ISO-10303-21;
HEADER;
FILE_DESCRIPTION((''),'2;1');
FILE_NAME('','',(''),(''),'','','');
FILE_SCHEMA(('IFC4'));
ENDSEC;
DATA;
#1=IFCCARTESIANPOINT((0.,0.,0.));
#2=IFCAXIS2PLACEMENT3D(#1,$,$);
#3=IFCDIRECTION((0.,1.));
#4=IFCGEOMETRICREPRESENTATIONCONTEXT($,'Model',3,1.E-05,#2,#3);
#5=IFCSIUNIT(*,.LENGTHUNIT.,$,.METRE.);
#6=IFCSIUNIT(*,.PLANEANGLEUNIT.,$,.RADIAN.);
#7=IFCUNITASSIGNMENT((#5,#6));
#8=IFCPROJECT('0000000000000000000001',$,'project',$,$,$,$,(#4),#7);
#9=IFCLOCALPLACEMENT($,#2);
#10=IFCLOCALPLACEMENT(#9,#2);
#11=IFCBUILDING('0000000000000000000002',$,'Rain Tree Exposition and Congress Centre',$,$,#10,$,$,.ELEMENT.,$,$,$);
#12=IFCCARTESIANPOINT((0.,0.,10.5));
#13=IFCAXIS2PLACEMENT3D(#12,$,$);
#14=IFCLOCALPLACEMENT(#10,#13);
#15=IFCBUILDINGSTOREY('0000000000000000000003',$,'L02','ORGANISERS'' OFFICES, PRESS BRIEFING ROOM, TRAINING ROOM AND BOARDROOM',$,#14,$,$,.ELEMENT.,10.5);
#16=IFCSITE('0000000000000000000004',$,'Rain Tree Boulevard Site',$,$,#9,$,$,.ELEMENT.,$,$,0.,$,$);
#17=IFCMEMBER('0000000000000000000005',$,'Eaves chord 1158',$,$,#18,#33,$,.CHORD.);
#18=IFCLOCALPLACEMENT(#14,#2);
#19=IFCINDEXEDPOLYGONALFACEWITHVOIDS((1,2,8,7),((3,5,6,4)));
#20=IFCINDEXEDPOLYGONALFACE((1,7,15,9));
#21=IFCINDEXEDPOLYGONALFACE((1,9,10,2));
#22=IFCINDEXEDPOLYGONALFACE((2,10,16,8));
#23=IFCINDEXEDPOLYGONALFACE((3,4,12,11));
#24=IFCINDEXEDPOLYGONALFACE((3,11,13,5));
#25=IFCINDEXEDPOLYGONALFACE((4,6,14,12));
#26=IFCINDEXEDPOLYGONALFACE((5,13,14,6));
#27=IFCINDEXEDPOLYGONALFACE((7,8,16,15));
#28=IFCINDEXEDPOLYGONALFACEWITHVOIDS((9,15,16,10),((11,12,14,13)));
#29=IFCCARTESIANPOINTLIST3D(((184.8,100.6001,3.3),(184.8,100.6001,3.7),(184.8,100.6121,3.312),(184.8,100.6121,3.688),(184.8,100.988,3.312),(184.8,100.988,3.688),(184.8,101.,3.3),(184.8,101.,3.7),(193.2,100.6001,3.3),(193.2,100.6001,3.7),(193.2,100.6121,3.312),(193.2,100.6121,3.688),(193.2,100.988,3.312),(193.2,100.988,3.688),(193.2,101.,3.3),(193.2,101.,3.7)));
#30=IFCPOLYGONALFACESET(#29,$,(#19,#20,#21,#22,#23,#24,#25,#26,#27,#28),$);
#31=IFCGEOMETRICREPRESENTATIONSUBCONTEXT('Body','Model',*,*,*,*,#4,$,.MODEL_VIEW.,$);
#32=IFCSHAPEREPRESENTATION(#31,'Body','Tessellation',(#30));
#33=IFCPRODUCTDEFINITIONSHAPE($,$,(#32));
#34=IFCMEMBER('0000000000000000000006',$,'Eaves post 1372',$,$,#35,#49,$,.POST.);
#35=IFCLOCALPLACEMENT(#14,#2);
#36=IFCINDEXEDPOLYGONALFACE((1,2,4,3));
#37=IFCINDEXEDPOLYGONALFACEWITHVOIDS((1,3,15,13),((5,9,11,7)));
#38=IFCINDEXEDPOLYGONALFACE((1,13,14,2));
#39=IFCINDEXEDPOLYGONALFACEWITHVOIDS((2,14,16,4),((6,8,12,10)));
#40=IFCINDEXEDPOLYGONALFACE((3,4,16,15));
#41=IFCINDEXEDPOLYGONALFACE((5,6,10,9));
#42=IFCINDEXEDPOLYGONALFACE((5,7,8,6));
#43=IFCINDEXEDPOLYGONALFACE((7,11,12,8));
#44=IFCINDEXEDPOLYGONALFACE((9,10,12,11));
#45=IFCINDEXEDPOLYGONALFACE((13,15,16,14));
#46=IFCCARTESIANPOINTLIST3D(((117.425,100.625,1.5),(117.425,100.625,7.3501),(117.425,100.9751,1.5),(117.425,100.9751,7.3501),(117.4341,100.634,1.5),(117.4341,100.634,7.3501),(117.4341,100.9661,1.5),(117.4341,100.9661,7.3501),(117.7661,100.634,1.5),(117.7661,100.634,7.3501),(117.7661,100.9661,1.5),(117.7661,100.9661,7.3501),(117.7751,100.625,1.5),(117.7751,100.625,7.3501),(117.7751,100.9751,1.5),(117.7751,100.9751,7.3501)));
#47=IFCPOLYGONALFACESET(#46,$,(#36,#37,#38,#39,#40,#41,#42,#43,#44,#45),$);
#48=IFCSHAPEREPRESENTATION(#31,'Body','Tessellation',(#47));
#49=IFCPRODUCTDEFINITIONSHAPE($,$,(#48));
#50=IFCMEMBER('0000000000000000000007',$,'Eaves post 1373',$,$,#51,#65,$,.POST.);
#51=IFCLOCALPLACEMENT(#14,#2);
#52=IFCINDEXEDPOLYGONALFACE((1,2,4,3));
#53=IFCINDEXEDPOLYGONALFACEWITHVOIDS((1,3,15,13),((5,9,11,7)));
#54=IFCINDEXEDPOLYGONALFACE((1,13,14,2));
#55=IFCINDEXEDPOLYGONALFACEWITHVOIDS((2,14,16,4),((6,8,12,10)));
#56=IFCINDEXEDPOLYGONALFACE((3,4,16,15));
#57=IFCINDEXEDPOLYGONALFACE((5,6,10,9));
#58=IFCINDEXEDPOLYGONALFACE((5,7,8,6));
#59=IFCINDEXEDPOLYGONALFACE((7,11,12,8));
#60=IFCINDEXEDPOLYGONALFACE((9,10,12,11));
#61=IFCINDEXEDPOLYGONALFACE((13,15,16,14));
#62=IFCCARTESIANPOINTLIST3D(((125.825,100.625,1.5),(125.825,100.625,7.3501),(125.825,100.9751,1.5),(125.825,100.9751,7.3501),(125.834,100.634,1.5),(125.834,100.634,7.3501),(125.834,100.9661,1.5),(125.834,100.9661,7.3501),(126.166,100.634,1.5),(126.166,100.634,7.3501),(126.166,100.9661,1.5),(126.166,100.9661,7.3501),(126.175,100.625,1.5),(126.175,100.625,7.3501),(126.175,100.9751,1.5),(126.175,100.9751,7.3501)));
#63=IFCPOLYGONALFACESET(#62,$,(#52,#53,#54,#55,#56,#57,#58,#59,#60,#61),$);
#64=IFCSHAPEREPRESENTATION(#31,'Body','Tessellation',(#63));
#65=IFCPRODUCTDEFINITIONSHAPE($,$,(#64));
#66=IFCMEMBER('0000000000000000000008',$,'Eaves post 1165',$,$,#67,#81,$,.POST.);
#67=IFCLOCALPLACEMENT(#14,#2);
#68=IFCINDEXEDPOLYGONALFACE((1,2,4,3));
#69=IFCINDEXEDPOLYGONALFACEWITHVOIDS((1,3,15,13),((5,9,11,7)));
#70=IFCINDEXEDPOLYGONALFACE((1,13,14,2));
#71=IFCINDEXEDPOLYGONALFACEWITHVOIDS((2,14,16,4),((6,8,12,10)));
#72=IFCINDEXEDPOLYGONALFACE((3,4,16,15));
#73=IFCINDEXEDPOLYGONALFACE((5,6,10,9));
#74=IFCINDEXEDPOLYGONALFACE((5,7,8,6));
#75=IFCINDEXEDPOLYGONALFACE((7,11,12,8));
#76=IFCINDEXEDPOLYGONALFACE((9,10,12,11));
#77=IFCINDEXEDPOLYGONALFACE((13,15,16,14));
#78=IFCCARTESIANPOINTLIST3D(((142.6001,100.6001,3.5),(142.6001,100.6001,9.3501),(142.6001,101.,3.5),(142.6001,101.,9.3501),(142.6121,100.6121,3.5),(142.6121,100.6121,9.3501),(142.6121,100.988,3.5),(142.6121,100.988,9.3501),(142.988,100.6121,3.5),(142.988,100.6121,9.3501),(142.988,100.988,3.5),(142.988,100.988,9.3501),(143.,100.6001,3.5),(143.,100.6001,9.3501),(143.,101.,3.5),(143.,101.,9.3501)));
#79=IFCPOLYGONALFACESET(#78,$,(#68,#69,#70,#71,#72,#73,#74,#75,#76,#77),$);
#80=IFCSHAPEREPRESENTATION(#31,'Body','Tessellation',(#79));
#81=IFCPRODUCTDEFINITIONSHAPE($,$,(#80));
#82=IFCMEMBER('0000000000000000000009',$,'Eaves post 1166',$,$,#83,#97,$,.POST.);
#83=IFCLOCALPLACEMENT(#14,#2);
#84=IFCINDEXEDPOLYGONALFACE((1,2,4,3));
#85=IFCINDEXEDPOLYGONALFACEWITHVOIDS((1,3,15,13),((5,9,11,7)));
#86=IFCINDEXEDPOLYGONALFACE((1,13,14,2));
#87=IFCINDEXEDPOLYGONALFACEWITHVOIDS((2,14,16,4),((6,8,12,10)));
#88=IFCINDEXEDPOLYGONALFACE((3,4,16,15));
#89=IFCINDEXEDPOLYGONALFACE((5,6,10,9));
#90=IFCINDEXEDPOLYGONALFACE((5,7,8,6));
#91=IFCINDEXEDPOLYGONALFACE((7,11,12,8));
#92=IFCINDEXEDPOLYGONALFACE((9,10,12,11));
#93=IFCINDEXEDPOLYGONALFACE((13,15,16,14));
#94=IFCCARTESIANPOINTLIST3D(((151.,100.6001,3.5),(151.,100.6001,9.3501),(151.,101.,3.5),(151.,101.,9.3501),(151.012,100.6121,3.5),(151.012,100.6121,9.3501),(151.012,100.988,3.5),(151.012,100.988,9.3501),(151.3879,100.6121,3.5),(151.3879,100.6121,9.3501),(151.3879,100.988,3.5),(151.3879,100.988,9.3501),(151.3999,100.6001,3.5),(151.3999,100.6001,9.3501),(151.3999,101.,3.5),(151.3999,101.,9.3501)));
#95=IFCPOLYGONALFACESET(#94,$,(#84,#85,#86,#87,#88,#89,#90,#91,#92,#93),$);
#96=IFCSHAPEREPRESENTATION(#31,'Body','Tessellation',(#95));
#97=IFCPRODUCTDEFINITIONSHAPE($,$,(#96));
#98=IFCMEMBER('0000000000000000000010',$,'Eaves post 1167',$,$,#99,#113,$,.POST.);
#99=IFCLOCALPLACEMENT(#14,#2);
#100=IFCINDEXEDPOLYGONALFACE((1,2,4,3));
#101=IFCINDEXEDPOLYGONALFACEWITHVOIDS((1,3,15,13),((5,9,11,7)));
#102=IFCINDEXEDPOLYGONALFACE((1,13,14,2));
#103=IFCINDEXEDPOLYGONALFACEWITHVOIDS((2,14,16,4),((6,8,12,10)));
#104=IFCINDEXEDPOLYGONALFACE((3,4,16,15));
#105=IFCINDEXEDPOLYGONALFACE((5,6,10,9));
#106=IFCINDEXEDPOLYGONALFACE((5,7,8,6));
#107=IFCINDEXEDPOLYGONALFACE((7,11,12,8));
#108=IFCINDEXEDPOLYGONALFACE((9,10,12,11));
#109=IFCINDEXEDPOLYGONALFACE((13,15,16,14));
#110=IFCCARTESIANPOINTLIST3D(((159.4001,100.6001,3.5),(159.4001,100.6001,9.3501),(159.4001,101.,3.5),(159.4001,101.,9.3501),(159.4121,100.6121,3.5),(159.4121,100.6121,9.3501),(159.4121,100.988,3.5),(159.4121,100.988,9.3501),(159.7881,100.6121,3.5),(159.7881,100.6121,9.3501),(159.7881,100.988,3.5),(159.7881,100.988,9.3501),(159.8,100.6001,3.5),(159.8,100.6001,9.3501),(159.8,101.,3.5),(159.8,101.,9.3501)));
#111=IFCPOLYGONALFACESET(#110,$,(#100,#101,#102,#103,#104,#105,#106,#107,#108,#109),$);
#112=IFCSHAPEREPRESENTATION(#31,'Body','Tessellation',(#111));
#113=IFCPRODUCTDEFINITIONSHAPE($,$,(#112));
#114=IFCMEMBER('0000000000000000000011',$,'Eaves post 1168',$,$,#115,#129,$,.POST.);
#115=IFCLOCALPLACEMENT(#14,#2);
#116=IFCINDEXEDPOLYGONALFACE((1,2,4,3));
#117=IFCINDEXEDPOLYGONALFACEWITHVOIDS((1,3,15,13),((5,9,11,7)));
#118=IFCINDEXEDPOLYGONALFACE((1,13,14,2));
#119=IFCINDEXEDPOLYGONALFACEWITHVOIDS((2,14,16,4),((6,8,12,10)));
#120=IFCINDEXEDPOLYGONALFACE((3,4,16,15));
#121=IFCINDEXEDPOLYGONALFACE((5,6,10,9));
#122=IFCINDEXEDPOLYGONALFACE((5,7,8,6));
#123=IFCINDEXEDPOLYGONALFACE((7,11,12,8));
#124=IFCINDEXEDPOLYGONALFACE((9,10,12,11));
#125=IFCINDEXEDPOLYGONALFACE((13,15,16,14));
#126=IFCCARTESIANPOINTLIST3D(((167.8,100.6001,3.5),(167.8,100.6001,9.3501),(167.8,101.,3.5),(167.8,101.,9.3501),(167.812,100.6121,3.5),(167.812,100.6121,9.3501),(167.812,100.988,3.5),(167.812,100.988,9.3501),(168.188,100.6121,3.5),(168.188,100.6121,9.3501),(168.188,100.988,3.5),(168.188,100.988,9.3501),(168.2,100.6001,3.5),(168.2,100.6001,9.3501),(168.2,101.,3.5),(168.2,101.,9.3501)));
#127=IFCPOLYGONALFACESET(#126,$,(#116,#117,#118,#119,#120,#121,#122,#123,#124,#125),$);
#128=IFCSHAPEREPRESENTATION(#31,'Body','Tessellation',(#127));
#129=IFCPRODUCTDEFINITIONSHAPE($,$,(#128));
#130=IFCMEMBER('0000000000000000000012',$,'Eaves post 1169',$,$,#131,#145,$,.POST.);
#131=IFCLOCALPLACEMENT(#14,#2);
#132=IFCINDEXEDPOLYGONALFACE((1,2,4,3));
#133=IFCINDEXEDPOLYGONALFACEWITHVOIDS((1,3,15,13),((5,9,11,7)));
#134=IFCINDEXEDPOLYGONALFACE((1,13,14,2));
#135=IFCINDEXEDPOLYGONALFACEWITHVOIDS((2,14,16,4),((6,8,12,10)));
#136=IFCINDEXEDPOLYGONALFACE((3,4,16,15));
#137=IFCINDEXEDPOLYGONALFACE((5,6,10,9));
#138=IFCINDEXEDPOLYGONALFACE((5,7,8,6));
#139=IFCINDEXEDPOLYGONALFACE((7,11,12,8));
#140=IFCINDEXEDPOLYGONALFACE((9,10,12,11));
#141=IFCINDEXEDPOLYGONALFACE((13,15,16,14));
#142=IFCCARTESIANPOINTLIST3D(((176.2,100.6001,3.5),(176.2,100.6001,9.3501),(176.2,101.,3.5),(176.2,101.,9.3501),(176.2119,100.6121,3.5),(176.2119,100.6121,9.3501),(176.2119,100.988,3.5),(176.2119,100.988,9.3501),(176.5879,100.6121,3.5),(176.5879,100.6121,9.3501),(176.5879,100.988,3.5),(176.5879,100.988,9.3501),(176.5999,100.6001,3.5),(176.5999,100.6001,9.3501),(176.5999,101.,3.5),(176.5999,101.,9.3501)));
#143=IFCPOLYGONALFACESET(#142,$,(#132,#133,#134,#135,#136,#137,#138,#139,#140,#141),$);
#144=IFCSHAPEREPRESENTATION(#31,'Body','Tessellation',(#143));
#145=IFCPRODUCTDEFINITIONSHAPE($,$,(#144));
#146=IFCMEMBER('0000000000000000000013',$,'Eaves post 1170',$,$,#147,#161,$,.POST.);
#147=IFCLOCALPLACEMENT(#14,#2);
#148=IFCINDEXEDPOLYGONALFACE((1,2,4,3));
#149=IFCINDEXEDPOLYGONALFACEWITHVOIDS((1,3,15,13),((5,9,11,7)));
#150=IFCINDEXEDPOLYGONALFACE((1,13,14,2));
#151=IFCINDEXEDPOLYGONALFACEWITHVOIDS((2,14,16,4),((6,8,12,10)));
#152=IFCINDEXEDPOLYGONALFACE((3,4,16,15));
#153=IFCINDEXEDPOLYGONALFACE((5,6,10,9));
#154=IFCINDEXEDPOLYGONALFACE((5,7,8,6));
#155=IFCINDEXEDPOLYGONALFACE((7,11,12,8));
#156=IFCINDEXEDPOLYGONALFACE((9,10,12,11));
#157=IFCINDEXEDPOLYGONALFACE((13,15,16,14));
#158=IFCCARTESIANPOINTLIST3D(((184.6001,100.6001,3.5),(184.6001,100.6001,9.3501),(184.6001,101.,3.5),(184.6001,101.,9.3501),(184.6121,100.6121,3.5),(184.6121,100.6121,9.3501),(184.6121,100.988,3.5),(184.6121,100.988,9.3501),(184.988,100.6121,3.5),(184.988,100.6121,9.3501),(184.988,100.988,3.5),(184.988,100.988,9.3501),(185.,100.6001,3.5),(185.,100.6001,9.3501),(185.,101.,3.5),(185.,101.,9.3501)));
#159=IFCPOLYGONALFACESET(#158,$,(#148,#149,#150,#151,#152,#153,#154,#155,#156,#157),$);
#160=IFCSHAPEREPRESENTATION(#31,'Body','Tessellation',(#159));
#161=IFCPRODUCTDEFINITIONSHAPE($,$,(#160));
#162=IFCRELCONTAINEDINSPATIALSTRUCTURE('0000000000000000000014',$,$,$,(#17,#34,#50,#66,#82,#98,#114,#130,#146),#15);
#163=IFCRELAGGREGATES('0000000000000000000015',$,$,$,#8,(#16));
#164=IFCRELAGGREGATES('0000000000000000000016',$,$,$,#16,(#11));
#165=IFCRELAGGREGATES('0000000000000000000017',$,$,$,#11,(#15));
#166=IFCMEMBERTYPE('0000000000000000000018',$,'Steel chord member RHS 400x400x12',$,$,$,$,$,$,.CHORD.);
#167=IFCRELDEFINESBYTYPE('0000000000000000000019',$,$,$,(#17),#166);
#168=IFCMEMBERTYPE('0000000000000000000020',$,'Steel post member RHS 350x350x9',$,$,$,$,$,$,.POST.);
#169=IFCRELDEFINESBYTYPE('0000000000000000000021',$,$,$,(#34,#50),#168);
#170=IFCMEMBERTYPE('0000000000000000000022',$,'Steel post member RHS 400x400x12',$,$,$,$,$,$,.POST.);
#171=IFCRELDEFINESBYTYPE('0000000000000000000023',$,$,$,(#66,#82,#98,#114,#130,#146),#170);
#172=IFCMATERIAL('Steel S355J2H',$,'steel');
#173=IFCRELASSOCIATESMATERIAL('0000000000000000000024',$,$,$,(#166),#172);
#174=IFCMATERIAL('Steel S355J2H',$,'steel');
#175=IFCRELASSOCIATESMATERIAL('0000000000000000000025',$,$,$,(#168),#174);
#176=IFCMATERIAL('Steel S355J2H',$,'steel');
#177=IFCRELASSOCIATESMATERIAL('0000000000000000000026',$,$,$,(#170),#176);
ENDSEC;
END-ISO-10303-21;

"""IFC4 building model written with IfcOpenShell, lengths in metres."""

from ifc_helpers import new_model, si_unit, direction, frame, origin, origin_2d, place, context, subcontext, project, spatial, hollow_rectangle, extrude, material, material_profile, profile_set, type_object, element, save


model = new_model("IFC4")

# Units and contexts
model_context = context("Model", 3, precision=1e-05, world=origin(), true_north=direction((0.0, 1.0)))
body_context = subcontext(model_context, "Body", "Model", "MODEL_VIEW")
ifc_project = project(units=[si_unit("LENGTHUNIT", "METRE"), si_unit("PLANEANGLEUNIT", "RADIAN")], contexts=[model_context])

# Site, building, storey
site_placement = place(None, origin())
site = spatial("IfcSite", under=ifc_project, at=site_placement, Name="Rain Tree Boulevard Site", CompositionType="ELEMENT", RefElevation=0.0)
building_placement = place(site_placement, origin())
building = spatial("IfcBuilding", under=site, at=building_placement, Name="Rain Tree Exposition and Congress Centre", CompositionType="ELEMENT")
storey_placement = place(building_placement, frame((0.0, 0.0, 10.5)))
storey = spatial("IfcBuildingStorey", under=building, at=storey_placement, Name="L02", Description="ORGANISERS' OFFICES, PRESS BRIEFING ROOM, TRAINING ROOM AND BOARDROOM", CompositionType="ELEMENT", Elevation=10.5)

# Members
ifc_material_1 = material(Name="Steel S355J2H", Category="steel")
ifc_material_profile_1 = material_profile(ifc_material_1, hollow_rectangle(XDim=0.3999, YDim=0.3999, WallThickness=0.012, at=origin_2d()), Name="RHS 400x400x12")
ifc_profile_set_1 = profile_set([ifc_material_profile_1], Name="Steel S355J2H")
member_type_1 = type_object("IfcMemberType", Name="Steel chord member RHS 400x400x12", PredefinedType="CHORD", material=ifc_profile_set_1)
member_1_placement = place(storey_placement, frame((184.8, 100.8, 3.5), z_axis=(1.0, 0.0, 0.0), x_axis=(0.0, 1.0, 0.0)))
element("IfcMember", 1, at=member_1_placement, inside=storey, type_object=member_type_1, Name="Eaves chord 1158", PredefinedType="CHORD", context=body_context, shape_type="SweptSolid", body=[
    extrude(hollow_rectangle(XDim=0.3999, YDim=0.3999, WallThickness=0.012, at=origin_2d()), origin(), (0.0, 0.0, 1.0), 8.3999),
])
ifc_material_2 = material(Name="Steel S355J2H", Category="steel")
ifc_material_profile_2 = material_profile(ifc_material_2, hollow_rectangle(XDim=0.3501, YDim=0.3501, WallThickness=0.009, at=origin_2d()), Name="RHS 350x350x9")
ifc_profile_set_2 = profile_set([ifc_material_profile_2], Name="Steel S355J2H")
member_type_2 = type_object("IfcMemberType", Name="Steel post member RHS 350x350x9", PredefinedType="POST", material=ifc_profile_set_2)
for number, where, z_axis, x_axis, name in (
    (2, (117.6001, 100.8, 1.5), (0.0, 0.0, 1.0), (1.0, 0.0, 0.0), "Eaves post 1372"),
    (3, (126.0, 100.8, 1.5), (0.0, 0.0, 1.0), (1.0, 0.0, 0.0), "Eaves post 1373"),
):
    element("IfcMember", number, at=place(storey_placement, frame(where, z_axis=z_axis, x_axis=x_axis)), inside=storey, type_object=member_type_2, Name=name, PredefinedType="POST", context=body_context, shape_type="SweptSolid", body=[
        extrude(hollow_rectangle(XDim=0.3501, YDim=0.3501, WallThickness=0.009, at=origin_2d()), origin(), (0.0, 0.0, 1.0), 5.8501),
    ])
ifc_material_3 = material(Name="Steel S355J2H", Category="steel")
ifc_material_profile_3 = material_profile(ifc_material_3, hollow_rectangle(XDim=0.3999, YDim=0.3999, WallThickness=0.012, at=origin_2d()), Name="RHS 400x400x12")
ifc_profile_set_3 = profile_set([ifc_material_profile_3], Name="Steel S355J2H")
member_type_3 = type_object("IfcMemberType", Name="Steel post member RHS 400x400x12", PredefinedType="POST", material=ifc_profile_set_3)
for number, where, z_axis, x_axis, name in (
    (4, (142.8, 100.8, 3.5), (0.0, 0.0, 1.0), (1.0, 0.0, 0.0), "Eaves post 1165"),
    (5, (151.2, 100.8, 3.5), (0.0, 0.0, 1.0), (1.0, 0.0, 0.0), "Eaves post 1166"),
    (6, (159.6001, 100.8, 3.5), (0.0, 0.0, 1.0), (1.0, 0.0, 0.0), "Eaves post 1167"),
    (7, (168.0, 100.8, 3.5), (0.0, 0.0, 1.0), (1.0, 0.0, 0.0), "Eaves post 1168"),
    (8, (176.3999, 100.8, 3.5), (0.0, 0.0, 1.0), (1.0, 0.0, 0.0), "Eaves post 1169"),
    (9, (184.8, 100.8, 3.5), (0.0, 0.0, 1.0), (1.0, 0.0, 0.0), "Eaves post 1170"),
):
    element("IfcMember", number, at=place(storey_placement, frame(where, z_axis=z_axis, x_axis=x_axis)), inside=storey, type_object=member_type_3, Name=name, PredefinedType="POST", context=body_context, shape_type="SweptSolid", body=[
        extrude(hollow_rectangle(XDim=0.3999, YDim=0.3999, WallThickness=0.012, at=origin_2d()), origin(), (0.0, 0.0, 1.0), 5.8501),
    ])

save(model, "model.ifc")
